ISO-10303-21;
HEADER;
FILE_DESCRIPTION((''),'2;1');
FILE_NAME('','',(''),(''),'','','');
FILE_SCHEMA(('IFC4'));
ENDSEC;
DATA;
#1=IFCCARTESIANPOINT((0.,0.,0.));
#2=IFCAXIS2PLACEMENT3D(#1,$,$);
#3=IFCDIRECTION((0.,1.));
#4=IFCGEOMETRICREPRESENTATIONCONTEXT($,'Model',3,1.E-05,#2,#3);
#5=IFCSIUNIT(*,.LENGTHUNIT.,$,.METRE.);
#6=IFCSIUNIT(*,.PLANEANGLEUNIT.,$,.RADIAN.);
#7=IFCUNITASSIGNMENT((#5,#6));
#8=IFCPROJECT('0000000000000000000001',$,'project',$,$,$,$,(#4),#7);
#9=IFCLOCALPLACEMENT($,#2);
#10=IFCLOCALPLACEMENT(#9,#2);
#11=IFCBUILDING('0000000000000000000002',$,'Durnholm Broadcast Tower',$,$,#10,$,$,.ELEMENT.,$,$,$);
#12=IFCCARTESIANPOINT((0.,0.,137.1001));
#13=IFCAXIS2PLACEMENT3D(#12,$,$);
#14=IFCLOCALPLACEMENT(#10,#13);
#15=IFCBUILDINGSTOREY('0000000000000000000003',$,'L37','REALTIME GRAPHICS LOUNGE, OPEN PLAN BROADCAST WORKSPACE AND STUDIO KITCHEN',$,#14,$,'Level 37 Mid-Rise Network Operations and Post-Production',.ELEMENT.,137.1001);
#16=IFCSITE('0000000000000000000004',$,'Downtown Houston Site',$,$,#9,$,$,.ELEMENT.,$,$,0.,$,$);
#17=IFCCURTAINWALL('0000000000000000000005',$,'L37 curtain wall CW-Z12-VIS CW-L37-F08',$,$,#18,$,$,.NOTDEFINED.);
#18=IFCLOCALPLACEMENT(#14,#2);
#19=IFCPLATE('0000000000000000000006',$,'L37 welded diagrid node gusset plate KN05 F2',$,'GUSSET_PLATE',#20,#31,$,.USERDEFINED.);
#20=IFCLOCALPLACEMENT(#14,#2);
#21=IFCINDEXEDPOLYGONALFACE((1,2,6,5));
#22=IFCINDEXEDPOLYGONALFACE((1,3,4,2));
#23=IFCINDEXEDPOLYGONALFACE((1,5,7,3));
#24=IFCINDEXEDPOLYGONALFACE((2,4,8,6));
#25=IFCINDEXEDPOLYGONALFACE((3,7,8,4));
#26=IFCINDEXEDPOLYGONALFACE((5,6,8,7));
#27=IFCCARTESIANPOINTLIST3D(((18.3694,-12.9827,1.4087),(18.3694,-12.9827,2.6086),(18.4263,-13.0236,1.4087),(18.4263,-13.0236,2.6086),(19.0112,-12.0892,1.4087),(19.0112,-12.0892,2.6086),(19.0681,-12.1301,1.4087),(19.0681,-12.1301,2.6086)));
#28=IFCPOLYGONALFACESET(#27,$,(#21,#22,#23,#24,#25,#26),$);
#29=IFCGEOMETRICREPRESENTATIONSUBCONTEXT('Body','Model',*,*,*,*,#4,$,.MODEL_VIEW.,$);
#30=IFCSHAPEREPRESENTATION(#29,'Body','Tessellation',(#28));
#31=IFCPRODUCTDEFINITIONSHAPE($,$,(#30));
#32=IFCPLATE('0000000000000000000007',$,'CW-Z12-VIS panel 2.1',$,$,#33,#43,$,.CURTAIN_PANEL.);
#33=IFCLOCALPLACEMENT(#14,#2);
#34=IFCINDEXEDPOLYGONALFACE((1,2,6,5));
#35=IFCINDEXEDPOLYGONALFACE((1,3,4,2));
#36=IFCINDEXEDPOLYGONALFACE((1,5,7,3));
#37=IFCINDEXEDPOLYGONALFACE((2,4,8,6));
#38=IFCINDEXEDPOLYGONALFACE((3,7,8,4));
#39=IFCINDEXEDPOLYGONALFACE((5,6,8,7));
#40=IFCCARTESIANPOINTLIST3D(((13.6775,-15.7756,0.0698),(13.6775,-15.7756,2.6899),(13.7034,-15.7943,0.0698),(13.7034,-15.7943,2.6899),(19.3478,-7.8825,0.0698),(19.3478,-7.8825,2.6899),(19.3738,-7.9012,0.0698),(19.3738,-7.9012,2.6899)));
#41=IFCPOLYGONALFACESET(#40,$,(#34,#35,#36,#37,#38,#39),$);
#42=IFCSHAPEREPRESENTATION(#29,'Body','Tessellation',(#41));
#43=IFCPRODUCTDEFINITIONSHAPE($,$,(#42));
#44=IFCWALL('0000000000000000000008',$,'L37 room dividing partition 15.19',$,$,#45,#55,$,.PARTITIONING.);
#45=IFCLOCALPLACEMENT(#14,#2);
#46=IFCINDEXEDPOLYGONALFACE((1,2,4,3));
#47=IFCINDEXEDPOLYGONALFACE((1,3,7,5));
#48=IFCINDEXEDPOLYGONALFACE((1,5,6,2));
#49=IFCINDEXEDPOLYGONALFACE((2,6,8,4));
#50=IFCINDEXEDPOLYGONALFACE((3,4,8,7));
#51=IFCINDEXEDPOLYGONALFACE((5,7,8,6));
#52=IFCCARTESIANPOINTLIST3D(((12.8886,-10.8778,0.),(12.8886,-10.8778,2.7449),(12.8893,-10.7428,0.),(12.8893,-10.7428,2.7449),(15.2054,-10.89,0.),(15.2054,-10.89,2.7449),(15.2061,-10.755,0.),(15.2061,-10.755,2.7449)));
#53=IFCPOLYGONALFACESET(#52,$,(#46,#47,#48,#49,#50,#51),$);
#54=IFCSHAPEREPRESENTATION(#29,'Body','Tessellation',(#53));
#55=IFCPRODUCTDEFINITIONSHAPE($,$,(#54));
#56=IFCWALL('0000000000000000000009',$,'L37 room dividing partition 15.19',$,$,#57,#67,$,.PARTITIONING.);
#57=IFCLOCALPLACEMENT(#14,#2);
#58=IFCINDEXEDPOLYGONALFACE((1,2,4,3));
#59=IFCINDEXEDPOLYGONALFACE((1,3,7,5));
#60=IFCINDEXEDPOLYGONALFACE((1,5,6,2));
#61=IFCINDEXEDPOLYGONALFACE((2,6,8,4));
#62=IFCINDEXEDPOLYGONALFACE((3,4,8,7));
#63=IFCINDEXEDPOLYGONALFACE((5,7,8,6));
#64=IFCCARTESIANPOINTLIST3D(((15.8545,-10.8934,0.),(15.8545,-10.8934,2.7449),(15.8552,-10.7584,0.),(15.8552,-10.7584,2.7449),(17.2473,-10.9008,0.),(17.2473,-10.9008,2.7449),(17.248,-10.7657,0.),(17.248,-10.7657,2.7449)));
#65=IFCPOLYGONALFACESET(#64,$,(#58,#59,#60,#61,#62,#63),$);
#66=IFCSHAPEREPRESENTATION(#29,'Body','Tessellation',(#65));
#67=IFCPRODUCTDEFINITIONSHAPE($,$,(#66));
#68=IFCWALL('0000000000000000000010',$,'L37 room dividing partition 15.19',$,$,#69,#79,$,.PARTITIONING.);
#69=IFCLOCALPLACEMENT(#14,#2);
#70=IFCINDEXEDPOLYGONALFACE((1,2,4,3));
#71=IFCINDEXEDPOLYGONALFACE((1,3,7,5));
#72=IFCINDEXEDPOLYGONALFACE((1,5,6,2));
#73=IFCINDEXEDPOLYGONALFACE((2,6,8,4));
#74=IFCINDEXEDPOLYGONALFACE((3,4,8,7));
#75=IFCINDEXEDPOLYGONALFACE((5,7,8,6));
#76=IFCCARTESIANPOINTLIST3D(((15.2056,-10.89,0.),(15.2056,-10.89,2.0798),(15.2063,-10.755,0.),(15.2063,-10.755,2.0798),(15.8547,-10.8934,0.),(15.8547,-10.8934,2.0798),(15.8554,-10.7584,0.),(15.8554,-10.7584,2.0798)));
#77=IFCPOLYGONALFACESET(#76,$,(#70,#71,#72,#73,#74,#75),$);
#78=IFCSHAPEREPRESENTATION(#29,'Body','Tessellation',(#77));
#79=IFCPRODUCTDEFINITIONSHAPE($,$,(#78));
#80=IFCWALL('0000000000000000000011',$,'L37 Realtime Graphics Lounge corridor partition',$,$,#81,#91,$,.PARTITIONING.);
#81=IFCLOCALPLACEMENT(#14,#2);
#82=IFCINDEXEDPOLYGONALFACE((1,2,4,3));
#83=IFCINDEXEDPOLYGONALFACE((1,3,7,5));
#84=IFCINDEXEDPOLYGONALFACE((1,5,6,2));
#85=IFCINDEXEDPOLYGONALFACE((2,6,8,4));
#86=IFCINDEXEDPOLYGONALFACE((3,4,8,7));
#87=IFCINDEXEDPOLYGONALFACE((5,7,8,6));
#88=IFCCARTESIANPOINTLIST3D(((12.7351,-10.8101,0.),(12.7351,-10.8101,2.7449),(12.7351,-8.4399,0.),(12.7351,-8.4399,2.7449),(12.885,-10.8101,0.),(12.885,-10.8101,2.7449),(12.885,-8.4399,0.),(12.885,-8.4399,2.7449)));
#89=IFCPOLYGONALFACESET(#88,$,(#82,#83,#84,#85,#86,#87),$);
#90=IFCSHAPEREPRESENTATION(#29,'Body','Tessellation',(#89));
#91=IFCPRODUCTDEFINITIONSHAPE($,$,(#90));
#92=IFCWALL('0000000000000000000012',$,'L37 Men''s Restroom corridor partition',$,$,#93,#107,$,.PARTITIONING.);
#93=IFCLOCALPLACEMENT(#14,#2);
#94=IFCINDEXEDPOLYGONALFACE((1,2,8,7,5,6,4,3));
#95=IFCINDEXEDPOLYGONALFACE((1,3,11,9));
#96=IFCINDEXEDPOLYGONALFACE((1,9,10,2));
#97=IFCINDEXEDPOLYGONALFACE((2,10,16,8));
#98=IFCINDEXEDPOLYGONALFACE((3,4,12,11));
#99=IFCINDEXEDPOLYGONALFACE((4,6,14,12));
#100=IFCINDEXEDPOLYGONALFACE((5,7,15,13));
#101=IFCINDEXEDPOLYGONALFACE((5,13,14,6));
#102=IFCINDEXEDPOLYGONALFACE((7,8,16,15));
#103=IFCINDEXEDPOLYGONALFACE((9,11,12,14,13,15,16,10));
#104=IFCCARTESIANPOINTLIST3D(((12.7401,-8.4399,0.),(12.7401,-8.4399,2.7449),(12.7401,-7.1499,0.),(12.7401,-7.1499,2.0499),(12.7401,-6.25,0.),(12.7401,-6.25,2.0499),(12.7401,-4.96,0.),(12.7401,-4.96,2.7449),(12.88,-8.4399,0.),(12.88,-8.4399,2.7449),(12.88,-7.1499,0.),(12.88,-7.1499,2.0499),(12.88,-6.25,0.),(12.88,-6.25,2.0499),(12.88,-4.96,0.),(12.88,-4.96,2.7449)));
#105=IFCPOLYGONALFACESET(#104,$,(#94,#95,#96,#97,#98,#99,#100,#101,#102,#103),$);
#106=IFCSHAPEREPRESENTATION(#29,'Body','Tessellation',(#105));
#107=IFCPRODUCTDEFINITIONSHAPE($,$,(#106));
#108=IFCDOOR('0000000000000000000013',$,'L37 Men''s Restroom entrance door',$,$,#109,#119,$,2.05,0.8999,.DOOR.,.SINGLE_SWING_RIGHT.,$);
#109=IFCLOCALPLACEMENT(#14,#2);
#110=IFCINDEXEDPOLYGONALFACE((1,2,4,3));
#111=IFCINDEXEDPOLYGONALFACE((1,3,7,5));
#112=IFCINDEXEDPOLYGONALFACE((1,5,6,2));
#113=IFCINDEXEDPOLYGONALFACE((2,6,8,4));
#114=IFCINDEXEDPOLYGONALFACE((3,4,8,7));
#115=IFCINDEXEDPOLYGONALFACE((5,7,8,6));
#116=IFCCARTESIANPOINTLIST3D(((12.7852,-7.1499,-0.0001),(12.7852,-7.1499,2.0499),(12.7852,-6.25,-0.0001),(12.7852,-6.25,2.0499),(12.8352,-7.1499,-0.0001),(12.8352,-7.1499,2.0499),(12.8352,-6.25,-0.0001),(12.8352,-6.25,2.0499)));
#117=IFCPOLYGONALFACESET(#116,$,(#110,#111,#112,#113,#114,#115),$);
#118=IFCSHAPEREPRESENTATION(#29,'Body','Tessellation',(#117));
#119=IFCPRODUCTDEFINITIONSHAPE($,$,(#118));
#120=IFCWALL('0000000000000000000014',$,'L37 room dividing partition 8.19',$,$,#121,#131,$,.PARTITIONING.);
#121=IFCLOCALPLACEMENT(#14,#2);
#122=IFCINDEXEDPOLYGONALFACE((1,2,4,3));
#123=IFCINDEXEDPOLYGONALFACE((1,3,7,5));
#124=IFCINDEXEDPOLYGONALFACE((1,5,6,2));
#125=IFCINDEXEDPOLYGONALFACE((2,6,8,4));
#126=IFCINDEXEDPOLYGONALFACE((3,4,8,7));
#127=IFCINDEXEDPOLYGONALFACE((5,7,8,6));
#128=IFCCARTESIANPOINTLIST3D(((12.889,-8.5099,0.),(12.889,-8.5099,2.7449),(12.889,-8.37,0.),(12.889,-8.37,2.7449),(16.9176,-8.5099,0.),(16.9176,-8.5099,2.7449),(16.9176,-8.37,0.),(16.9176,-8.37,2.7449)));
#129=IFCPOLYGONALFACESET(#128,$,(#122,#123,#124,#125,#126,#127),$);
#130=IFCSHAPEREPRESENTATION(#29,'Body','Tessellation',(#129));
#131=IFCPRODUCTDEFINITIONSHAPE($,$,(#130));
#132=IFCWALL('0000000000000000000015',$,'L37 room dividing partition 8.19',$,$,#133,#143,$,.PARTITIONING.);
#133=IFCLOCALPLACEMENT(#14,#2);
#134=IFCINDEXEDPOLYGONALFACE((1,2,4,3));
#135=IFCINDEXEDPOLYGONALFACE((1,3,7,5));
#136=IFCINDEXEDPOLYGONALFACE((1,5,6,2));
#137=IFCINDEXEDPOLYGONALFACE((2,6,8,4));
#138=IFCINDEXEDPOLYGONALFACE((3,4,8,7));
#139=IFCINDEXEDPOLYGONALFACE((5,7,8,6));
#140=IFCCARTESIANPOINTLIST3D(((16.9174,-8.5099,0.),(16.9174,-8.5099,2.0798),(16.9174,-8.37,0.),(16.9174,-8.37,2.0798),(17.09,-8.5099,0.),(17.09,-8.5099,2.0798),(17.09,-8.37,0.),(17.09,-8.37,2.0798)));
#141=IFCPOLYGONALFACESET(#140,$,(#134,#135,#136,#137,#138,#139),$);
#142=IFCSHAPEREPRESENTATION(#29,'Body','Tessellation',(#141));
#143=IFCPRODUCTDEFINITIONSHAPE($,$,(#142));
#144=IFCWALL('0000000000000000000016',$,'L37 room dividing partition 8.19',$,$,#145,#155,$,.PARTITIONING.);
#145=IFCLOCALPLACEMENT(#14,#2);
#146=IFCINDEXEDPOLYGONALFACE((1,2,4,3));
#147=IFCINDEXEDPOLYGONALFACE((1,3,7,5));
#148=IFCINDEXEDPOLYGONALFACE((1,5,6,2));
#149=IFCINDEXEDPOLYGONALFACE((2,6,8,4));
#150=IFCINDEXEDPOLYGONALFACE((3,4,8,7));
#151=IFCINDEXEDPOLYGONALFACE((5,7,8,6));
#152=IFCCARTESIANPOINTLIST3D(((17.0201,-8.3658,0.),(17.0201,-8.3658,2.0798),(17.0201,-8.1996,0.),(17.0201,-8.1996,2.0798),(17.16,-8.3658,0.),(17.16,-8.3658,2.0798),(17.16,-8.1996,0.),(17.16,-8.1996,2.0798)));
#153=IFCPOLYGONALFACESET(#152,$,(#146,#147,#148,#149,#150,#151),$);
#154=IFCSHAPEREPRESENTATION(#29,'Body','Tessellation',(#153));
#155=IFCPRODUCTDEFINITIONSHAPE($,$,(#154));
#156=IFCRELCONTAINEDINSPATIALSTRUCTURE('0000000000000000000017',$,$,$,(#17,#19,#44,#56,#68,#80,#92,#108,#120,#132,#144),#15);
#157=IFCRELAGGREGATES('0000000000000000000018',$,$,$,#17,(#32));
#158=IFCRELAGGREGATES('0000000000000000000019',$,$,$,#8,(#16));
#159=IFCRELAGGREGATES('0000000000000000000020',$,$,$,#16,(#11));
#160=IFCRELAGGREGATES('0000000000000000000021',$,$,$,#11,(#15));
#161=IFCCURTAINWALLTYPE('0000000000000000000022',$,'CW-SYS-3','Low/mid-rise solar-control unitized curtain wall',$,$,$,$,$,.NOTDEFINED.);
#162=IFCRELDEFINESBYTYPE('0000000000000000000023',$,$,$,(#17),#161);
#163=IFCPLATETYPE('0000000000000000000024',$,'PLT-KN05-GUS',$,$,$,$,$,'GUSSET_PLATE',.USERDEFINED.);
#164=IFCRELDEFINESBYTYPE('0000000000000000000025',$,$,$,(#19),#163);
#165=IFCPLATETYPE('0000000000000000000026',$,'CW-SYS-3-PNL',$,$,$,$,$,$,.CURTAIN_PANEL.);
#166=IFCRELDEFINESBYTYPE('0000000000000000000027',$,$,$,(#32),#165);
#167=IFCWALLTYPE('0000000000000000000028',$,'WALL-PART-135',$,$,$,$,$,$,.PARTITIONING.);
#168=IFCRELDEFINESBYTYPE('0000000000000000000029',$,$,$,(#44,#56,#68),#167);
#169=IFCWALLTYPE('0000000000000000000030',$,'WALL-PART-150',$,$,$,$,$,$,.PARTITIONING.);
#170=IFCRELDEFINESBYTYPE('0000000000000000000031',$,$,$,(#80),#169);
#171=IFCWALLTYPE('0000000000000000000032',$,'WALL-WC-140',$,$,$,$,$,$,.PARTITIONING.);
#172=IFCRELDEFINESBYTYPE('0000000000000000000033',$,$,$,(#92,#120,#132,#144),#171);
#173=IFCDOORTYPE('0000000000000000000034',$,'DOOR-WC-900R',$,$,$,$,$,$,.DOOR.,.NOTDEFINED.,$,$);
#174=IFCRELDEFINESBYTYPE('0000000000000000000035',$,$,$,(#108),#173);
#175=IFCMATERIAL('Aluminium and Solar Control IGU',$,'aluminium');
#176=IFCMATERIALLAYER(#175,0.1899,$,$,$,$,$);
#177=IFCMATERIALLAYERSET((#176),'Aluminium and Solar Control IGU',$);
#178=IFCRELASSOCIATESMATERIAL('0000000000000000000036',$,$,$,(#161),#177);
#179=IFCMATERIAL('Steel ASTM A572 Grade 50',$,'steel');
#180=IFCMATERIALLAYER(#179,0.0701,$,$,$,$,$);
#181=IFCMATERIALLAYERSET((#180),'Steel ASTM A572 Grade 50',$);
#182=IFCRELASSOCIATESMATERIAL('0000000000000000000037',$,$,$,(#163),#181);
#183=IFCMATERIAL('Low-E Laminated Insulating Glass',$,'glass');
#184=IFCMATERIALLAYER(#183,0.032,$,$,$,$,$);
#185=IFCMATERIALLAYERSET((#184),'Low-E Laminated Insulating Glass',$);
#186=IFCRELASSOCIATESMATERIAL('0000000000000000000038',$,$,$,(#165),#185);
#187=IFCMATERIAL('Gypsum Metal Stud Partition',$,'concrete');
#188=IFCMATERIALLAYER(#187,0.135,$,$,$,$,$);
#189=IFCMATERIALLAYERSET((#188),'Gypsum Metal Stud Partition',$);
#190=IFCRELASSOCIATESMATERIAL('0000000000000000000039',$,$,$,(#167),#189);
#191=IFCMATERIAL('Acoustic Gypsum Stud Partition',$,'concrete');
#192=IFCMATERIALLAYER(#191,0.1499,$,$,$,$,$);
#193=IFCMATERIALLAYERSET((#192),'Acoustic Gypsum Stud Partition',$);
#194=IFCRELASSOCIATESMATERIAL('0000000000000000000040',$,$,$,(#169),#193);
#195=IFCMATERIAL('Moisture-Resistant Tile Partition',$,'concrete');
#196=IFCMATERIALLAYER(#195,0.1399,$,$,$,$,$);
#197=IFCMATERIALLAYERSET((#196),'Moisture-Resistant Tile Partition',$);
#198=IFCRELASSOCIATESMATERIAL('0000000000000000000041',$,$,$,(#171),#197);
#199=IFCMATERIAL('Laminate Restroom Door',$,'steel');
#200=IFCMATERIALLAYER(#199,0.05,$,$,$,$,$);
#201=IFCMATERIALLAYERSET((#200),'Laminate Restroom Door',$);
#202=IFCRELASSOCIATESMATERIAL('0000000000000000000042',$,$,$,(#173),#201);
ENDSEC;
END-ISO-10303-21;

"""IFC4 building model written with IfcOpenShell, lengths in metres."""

from ifc_helpers import new_model, si_unit, direction, frame, frame_2d, origin, origin_2d, place, context, subcontext, project, spatial, rectangle, extrude, source, transform, mapped, material, layer, layer_set, type_object, type_shapes, element, fill, aggregate, save


model = new_model("IFC4")

# Units and contexts
model_context = context("Model", 3, precision=1e-05, world=origin(), true_north=direction((0.0, 1.0)))
body_context = subcontext(model_context, "Body", "Model", "MODEL_VIEW")
ifc_project = project(units=[si_unit("LENGTHUNIT", "METRE"), si_unit("PLANEANGLEUNIT", "RADIAN")], contexts=[model_context])

# Site, building, storey
site_placement = place(None, origin())
site = spatial("IfcSite", under=ifc_project, at=site_placement, Name="Downtown Houston Site", CompositionType="ELEMENT", RefElevation=0.0)
building_placement = place(site_placement, origin())
building = spatial("IfcBuilding", under=site, at=building_placement, Name="Durnholm Broadcast Tower", CompositionType="ELEMENT")
storey_placement = place(building_placement, frame((0.0, 0.0, 137.1001)))
storey = spatial("IfcBuildingStorey", under=building, at=storey_placement, Name="L37", Description="REALTIME GRAPHICS LOUNGE, OPEN PLAN BROADCAST WORKSPACE AND STUDIO KITCHEN", LongName="Level 37 Mid-Rise Network Operations and Post-Production", CompositionType="ELEMENT", Elevation=137.1001)

# Shared definitions
ifc_material_1 = material(Name="Aluminium and Solar Control IGU", Category="aluminium")

# Curtain wall
ifc_layer_1 = layer(ifc_material_1, 0.1899)
ifc_layer_set_1 = layer_set([ifc_layer_1], Name="Aluminium and Solar Control IGU")
curtain_wall_type_1 = type_object("IfcCurtainWallType", Name="CW-SYS-3", Description="Low/mid-rise solar-control unitized curtain wall", PredefinedType="NOTDEFINED", material=ifc_layer_set_1)
curtain_wall_1_placement = place(storey_placement, origin())
curtain_wall_1 = element("IfcCurtainWall", 1, at=curtain_wall_1_placement, inside=storey, type_object=curtain_wall_type_1, Name="L37 curtain wall CW-Z12-VIS CW-L37-F08", PredefinedType="NOTDEFINED")

# Plate
ifc_material_2 = material(Name="Steel ASTM A572 Grade 50", Category="steel")
ifc_layer_2 = layer(ifc_material_2, 0.0701)
ifc_layer_set_2 = layer_set([ifc_layer_2], Name="Steel ASTM A572 Grade 50")
plate_type_1 = type_object("IfcPlateType", Name="PLT-KN05-GUS", ElementType="GUSSET_PLATE", PredefinedType="USERDEFINED", material=ifc_layer_set_2)
shared_shape_1 = source(origin(), body_context, "Body", "SweptSolid", [
    extrude(rectangle(XDim=1.1001, YDim=0.0701, at=origin_2d()), origin(), (0.0, 0.0, 1.0), 1.2),
])
type_shapes(plate_type_1, [shared_shape_1])
plate_1_placement = place(storey_placement, frame((18.7188, -12.5564, 1.4087), z_axis=(0.0, 0.0, 1.0), x_axis=(0.583399, 0.812185, 0.0)))
element("IfcPlate", 2, at=plate_1_placement, inside=storey, type_object=plate_type_1, Name="L37 welded diagrid node gusset plate KN05 F2", ObjectType="GUSSET_PLATE", PredefinedType="USERDEFINED", context=body_context, shape_type="MappedRepresentation", body=[
    mapped(shared_shape_1, transform((0.0, 0.0, 0.0), x_axis=(1.0, 0.0, 0.0), y_axis=(0.0, 1.0, 0.0), z_axis=(0.0, 0.0, 1.0), scale=1.0)),
])

# Plate
ifc_material_3 = material(Name="Low-E Laminated Insulating Glass", Category="glass")
ifc_layer_3 = layer(ifc_material_3, 0.032)
ifc_layer_set_3 = layer_set([ifc_layer_3], Name="Low-E Laminated Insulating Glass")
plate_type_2 = type_object("IfcPlateType", Name="CW-SYS-3-PNL", PredefinedType="CURTAIN_PANEL", material=ifc_layer_set_3)
shared_shape_2 = source(origin(), body_context, "Body", "SweptSolid", [
    extrude(rectangle(XDim=9.7188, YDim=0.032, at=origin_2d()), origin(), (0.0, 0.0, 1.0), 2.6201),
])
type_shapes(plate_type_2, [shared_shape_2])
plate_2_placement = place(storey_placement, frame((16.5256, -11.8384, 0.0698), z_axis=(0.0, 0.0, 1.0), x_axis=(-0.583445, -0.812152, 0.0)))
plate_2 = element("IfcPlate", 3, at=plate_2_placement, type_object=plate_type_2, Name="CW-Z12-VIS panel 2.1", PredefinedType="CURTAIN_PANEL", context=body_context, shape_type="MappedRepresentation", body=[
    mapped(shared_shape_2, transform((0.0, 0.0, 0.0), x_axis=(1.0, 0.0, 0.0), y_axis=(0.0, 1.0, 0.0), z_axis=(0.0, 0.0, 1.0), scale=1.0)),
])
aggregate(curtain_wall_1, [plate_2])

# Walls
ifc_material_4 = material(Name="Gypsum Metal Stud Partition", Category="concrete")
ifc_layer_4 = layer(ifc_material_4, 0.135)
ifc_layer_set_4 = layer_set([ifc_layer_4], Name="Gypsum Metal Stud Partition")
wall_type_1 = type_object("IfcWallType", Name="WALL-PART-135", PredefinedType="PARTITIONING", material=ifc_layer_set_4)
wall_1_placement = place(storey_placement, frame((12.8889, -10.8103, 0.0), z_axis=(0.0, 0.0, 1.0), x_axis=(0.999986, -0.005269, 0.0)))
element("IfcWall", 4, at=wall_1_placement, inside=storey, type_object=wall_type_1, Name="L37 room dividing partition 15.19", PredefinedType="PARTITIONING", context=body_context, shape_type="SweptSolid", body=[
    extrude(rectangle(XDim=2.3169, YDim=0.135, at=frame_2d((1.1584, 0.0))), origin(), (0.0, 0.0, 1.0), 2.7449),
])
wall_2_placement = place(storey_placement, frame((15.855, -10.8259, 0.0), z_axis=(0.0, 0.0, 1.0), x_axis=(0.999986, -0.005258, 0.0)))
element("IfcWall", 5, at=wall_2_placement, inside=storey, type_object=wall_type_1, Name="L37 room dividing partition 15.19", PredefinedType="PARTITIONING", context=body_context, shape_type="SweptSolid", body=[
    extrude(rectangle(XDim=1.3928, YDim=0.135, at=frame_2d((0.6963, 0.0))), origin(), (0.0, 0.0, 1.0), 2.7449),
])
wall_3_placement = place(storey_placement, frame((15.2058, -10.8225, 0.0), z_axis=(0.0, 0.0, 1.0), x_axis=(0.999986, -0.005265, 0.0)))
element("IfcWall", 6, at=wall_3_placement, inside=storey, type_object=wall_type_1, Name="L37 room dividing partition 15.19", PredefinedType="PARTITIONING", context=body_context, shape_type="SweptSolid", body=[
    extrude(rectangle(XDim=0.6492, YDim=0.135, at=frame_2d((0.3247, 0.0))), origin(), (0.0, 0.0, 1.0), 2.0798),
])
ifc_material_5 = material(Name="Acoustic Gypsum Stud Partition", Category="concrete")
ifc_layer_5 = layer(ifc_material_5, 0.1499)
ifc_layer_set_5 = layer_set([ifc_layer_5], Name="Acoustic Gypsum Stud Partition")
wall_type_2 = type_object("IfcWallType", Name="WALL-PART-150", PredefinedType="PARTITIONING", material=ifc_layer_set_5)
wall_4_placement = place(storey_placement, frame((12.8101, -10.8101, 0.0), z_axis=(0.0, 0.0, 1.0), x_axis=(0.0, 1.0, 0.0)))
element("IfcWall", 7, at=wall_4_placement, inside=storey, type_object=wall_type_2, Name="L37 Realtime Graphics Lounge corridor partition", PredefinedType="PARTITIONING", context=body_context, shape_type="SweptSolid", body=[
    extrude(rectangle(XDim=2.3701, YDim=0.1499, at=frame_2d((1.1851, 0.0))), origin(), (0.0, 0.0, 1.0), 2.7449),
])

# Wall, opening, door
ifc_material_6 = material(Name="Moisture-Resistant Tile Partition", Category="concrete")
ifc_layer_6 = layer(ifc_material_6, 0.1399)
ifc_layer_set_6 = layer_set([ifc_layer_6], Name="Moisture-Resistant Tile Partition")
wall_type_3 = type_object("IfcWallType", Name="WALL-WC-140", PredefinedType="PARTITIONING", material=ifc_layer_set_6)
wall_5_placement = place(storey_placement, frame((12.8101, -8.4399, 0.0), z_axis=(0.0, 0.0, 1.0), x_axis=(0.0, 1.0, 0.0)))
wall_5 = element("IfcWall", 8, at=wall_5_placement, inside=storey, type_object=wall_type_3, Name="L37 Men's Restroom corridor partition", PredefinedType="PARTITIONING", context=body_context, shape_type="SweptSolid", body=[
    extrude(rectangle(XDim=3.48, YDim=0.1399, at=frame_2d((1.74, 0.0))), origin(), (0.0, 0.0, 1.0), 2.7449),
])
opening_placement = place(wall_5_placement, frame((1.29, 0.0, 0.0)))
opening = element("IfcOpeningElement", 9, at=opening_placement, cuts=wall_5, PredefinedType="OPENING", context=body_context, shape_type="SweptSolid", body=[
    extrude(rectangle(XDim=0.8999, YDim=2.05, at=frame_2d((0.45, 1.0249))), frame((0.0, 0.0801, 0.0), z_axis=(0.0, -1.0, 0.0), x_axis=(1.0, 0.0, 0.0)), (0.0, 0.0, 1.0), 0.1599),
])
ifc_material_7 = material(Name="Laminate Restroom Door", Category="steel")
ifc_layer_7 = layer(ifc_material_7, 0.05)
ifc_layer_set_7 = layer_set([ifc_layer_7], Name="Laminate Restroom Door")
door_type = type_object("IfcDoorType", Name="DOOR-WC-900R", OperationType="NOTDEFINED", PredefinedType="DOOR", material=ifc_layer_set_7)
shared_shape_3 = source(origin(), body_context, "Body", "SweptSolid", [
    extrude(rectangle(XDim=0.8999, YDim=2.05, at=frame_2d((0.45, 1.0249))), frame((0.0, 0.0249, 0.0), z_axis=(0.0, -1.0, 0.0), x_axis=(1.0, 0.0, 0.0)), (0.0, 0.0, 1.0), 0.05),
])
type_shapes(door_type, [shared_shape_3])
door_placement = place(opening_placement, origin())
door = element("IfcDoor", 10, at=door_placement, inside=storey, type_object=door_type, Name="L37 Men's Restroom entrance door", OperationType="SINGLE_SWING_RIGHT", OverallHeight=2.05, OverallWidth=0.8999, PredefinedType="DOOR", context=body_context, shape_type="MappedRepresentation", body=[
    mapped(shared_shape_3, transform((0.0, 0.0, 0.0), x_axis=(1.0, 0.0, 0.0), y_axis=(0.0, 1.0, 0.0), z_axis=(0.0, 0.0, 1.0), scale=1.0)),
])
fill(opening, door)

# Walls
wall_6_placement = place(storey_placement, frame((16.9175, -8.4399, 0.0), z_axis=(0.0, 0.0, 1.0), x_axis=(-1.0, 0.0, 0.0)))
element("IfcWall", 11, at=wall_6_placement, inside=storey, type_object=wall_type_3, Name="L37 room dividing partition 8.19", PredefinedType="PARTITIONING", context=body_context, shape_type="SweptSolid", body=[
    extrude(rectangle(XDim=4.0286, YDim=0.1399, at=frame_2d((2.0142, 0.0))), origin(), (0.0, 0.0, 1.0), 2.7449),
])
wall_7_placement = place(storey_placement, frame((17.0901, -8.4399, 0.0), z_axis=(0.0, 0.0, 1.0), x_axis=(-1.0, 0.0, 0.0)))
element("IfcWall", 12, at=wall_7_placement, inside=storey, type_object=wall_type_3, Name="L37 room dividing partition 8.19", PredefinedType="PARTITIONING", context=body_context, shape_type="SweptSolid", body=[
    extrude(rectangle(XDim=0.1726, YDim=0.1399, at=frame_2d((0.0864, 0.0))), origin(), (0.0, 0.0, 1.0), 2.0798),
])
wall_8_placement = place(storey_placement, frame((17.0901, -8.1997, 0.0), z_axis=(0.0, 0.0, 1.0), x_axis=(0.0, -1.0, 0.0)))
element("IfcWall", 13, at=wall_8_placement, inside=storey, type_object=wall_type_3, Name="L37 room dividing partition 8.19", PredefinedType="PARTITIONING", context=body_context, shape_type="SweptSolid", body=[
    extrude(rectangle(XDim=0.1663, YDim=0.1399, at=frame_2d((0.083, 0.0))), origin(), (0.0, 0.0, 1.0), 2.0798),
])

save(model, "model.ifc")
